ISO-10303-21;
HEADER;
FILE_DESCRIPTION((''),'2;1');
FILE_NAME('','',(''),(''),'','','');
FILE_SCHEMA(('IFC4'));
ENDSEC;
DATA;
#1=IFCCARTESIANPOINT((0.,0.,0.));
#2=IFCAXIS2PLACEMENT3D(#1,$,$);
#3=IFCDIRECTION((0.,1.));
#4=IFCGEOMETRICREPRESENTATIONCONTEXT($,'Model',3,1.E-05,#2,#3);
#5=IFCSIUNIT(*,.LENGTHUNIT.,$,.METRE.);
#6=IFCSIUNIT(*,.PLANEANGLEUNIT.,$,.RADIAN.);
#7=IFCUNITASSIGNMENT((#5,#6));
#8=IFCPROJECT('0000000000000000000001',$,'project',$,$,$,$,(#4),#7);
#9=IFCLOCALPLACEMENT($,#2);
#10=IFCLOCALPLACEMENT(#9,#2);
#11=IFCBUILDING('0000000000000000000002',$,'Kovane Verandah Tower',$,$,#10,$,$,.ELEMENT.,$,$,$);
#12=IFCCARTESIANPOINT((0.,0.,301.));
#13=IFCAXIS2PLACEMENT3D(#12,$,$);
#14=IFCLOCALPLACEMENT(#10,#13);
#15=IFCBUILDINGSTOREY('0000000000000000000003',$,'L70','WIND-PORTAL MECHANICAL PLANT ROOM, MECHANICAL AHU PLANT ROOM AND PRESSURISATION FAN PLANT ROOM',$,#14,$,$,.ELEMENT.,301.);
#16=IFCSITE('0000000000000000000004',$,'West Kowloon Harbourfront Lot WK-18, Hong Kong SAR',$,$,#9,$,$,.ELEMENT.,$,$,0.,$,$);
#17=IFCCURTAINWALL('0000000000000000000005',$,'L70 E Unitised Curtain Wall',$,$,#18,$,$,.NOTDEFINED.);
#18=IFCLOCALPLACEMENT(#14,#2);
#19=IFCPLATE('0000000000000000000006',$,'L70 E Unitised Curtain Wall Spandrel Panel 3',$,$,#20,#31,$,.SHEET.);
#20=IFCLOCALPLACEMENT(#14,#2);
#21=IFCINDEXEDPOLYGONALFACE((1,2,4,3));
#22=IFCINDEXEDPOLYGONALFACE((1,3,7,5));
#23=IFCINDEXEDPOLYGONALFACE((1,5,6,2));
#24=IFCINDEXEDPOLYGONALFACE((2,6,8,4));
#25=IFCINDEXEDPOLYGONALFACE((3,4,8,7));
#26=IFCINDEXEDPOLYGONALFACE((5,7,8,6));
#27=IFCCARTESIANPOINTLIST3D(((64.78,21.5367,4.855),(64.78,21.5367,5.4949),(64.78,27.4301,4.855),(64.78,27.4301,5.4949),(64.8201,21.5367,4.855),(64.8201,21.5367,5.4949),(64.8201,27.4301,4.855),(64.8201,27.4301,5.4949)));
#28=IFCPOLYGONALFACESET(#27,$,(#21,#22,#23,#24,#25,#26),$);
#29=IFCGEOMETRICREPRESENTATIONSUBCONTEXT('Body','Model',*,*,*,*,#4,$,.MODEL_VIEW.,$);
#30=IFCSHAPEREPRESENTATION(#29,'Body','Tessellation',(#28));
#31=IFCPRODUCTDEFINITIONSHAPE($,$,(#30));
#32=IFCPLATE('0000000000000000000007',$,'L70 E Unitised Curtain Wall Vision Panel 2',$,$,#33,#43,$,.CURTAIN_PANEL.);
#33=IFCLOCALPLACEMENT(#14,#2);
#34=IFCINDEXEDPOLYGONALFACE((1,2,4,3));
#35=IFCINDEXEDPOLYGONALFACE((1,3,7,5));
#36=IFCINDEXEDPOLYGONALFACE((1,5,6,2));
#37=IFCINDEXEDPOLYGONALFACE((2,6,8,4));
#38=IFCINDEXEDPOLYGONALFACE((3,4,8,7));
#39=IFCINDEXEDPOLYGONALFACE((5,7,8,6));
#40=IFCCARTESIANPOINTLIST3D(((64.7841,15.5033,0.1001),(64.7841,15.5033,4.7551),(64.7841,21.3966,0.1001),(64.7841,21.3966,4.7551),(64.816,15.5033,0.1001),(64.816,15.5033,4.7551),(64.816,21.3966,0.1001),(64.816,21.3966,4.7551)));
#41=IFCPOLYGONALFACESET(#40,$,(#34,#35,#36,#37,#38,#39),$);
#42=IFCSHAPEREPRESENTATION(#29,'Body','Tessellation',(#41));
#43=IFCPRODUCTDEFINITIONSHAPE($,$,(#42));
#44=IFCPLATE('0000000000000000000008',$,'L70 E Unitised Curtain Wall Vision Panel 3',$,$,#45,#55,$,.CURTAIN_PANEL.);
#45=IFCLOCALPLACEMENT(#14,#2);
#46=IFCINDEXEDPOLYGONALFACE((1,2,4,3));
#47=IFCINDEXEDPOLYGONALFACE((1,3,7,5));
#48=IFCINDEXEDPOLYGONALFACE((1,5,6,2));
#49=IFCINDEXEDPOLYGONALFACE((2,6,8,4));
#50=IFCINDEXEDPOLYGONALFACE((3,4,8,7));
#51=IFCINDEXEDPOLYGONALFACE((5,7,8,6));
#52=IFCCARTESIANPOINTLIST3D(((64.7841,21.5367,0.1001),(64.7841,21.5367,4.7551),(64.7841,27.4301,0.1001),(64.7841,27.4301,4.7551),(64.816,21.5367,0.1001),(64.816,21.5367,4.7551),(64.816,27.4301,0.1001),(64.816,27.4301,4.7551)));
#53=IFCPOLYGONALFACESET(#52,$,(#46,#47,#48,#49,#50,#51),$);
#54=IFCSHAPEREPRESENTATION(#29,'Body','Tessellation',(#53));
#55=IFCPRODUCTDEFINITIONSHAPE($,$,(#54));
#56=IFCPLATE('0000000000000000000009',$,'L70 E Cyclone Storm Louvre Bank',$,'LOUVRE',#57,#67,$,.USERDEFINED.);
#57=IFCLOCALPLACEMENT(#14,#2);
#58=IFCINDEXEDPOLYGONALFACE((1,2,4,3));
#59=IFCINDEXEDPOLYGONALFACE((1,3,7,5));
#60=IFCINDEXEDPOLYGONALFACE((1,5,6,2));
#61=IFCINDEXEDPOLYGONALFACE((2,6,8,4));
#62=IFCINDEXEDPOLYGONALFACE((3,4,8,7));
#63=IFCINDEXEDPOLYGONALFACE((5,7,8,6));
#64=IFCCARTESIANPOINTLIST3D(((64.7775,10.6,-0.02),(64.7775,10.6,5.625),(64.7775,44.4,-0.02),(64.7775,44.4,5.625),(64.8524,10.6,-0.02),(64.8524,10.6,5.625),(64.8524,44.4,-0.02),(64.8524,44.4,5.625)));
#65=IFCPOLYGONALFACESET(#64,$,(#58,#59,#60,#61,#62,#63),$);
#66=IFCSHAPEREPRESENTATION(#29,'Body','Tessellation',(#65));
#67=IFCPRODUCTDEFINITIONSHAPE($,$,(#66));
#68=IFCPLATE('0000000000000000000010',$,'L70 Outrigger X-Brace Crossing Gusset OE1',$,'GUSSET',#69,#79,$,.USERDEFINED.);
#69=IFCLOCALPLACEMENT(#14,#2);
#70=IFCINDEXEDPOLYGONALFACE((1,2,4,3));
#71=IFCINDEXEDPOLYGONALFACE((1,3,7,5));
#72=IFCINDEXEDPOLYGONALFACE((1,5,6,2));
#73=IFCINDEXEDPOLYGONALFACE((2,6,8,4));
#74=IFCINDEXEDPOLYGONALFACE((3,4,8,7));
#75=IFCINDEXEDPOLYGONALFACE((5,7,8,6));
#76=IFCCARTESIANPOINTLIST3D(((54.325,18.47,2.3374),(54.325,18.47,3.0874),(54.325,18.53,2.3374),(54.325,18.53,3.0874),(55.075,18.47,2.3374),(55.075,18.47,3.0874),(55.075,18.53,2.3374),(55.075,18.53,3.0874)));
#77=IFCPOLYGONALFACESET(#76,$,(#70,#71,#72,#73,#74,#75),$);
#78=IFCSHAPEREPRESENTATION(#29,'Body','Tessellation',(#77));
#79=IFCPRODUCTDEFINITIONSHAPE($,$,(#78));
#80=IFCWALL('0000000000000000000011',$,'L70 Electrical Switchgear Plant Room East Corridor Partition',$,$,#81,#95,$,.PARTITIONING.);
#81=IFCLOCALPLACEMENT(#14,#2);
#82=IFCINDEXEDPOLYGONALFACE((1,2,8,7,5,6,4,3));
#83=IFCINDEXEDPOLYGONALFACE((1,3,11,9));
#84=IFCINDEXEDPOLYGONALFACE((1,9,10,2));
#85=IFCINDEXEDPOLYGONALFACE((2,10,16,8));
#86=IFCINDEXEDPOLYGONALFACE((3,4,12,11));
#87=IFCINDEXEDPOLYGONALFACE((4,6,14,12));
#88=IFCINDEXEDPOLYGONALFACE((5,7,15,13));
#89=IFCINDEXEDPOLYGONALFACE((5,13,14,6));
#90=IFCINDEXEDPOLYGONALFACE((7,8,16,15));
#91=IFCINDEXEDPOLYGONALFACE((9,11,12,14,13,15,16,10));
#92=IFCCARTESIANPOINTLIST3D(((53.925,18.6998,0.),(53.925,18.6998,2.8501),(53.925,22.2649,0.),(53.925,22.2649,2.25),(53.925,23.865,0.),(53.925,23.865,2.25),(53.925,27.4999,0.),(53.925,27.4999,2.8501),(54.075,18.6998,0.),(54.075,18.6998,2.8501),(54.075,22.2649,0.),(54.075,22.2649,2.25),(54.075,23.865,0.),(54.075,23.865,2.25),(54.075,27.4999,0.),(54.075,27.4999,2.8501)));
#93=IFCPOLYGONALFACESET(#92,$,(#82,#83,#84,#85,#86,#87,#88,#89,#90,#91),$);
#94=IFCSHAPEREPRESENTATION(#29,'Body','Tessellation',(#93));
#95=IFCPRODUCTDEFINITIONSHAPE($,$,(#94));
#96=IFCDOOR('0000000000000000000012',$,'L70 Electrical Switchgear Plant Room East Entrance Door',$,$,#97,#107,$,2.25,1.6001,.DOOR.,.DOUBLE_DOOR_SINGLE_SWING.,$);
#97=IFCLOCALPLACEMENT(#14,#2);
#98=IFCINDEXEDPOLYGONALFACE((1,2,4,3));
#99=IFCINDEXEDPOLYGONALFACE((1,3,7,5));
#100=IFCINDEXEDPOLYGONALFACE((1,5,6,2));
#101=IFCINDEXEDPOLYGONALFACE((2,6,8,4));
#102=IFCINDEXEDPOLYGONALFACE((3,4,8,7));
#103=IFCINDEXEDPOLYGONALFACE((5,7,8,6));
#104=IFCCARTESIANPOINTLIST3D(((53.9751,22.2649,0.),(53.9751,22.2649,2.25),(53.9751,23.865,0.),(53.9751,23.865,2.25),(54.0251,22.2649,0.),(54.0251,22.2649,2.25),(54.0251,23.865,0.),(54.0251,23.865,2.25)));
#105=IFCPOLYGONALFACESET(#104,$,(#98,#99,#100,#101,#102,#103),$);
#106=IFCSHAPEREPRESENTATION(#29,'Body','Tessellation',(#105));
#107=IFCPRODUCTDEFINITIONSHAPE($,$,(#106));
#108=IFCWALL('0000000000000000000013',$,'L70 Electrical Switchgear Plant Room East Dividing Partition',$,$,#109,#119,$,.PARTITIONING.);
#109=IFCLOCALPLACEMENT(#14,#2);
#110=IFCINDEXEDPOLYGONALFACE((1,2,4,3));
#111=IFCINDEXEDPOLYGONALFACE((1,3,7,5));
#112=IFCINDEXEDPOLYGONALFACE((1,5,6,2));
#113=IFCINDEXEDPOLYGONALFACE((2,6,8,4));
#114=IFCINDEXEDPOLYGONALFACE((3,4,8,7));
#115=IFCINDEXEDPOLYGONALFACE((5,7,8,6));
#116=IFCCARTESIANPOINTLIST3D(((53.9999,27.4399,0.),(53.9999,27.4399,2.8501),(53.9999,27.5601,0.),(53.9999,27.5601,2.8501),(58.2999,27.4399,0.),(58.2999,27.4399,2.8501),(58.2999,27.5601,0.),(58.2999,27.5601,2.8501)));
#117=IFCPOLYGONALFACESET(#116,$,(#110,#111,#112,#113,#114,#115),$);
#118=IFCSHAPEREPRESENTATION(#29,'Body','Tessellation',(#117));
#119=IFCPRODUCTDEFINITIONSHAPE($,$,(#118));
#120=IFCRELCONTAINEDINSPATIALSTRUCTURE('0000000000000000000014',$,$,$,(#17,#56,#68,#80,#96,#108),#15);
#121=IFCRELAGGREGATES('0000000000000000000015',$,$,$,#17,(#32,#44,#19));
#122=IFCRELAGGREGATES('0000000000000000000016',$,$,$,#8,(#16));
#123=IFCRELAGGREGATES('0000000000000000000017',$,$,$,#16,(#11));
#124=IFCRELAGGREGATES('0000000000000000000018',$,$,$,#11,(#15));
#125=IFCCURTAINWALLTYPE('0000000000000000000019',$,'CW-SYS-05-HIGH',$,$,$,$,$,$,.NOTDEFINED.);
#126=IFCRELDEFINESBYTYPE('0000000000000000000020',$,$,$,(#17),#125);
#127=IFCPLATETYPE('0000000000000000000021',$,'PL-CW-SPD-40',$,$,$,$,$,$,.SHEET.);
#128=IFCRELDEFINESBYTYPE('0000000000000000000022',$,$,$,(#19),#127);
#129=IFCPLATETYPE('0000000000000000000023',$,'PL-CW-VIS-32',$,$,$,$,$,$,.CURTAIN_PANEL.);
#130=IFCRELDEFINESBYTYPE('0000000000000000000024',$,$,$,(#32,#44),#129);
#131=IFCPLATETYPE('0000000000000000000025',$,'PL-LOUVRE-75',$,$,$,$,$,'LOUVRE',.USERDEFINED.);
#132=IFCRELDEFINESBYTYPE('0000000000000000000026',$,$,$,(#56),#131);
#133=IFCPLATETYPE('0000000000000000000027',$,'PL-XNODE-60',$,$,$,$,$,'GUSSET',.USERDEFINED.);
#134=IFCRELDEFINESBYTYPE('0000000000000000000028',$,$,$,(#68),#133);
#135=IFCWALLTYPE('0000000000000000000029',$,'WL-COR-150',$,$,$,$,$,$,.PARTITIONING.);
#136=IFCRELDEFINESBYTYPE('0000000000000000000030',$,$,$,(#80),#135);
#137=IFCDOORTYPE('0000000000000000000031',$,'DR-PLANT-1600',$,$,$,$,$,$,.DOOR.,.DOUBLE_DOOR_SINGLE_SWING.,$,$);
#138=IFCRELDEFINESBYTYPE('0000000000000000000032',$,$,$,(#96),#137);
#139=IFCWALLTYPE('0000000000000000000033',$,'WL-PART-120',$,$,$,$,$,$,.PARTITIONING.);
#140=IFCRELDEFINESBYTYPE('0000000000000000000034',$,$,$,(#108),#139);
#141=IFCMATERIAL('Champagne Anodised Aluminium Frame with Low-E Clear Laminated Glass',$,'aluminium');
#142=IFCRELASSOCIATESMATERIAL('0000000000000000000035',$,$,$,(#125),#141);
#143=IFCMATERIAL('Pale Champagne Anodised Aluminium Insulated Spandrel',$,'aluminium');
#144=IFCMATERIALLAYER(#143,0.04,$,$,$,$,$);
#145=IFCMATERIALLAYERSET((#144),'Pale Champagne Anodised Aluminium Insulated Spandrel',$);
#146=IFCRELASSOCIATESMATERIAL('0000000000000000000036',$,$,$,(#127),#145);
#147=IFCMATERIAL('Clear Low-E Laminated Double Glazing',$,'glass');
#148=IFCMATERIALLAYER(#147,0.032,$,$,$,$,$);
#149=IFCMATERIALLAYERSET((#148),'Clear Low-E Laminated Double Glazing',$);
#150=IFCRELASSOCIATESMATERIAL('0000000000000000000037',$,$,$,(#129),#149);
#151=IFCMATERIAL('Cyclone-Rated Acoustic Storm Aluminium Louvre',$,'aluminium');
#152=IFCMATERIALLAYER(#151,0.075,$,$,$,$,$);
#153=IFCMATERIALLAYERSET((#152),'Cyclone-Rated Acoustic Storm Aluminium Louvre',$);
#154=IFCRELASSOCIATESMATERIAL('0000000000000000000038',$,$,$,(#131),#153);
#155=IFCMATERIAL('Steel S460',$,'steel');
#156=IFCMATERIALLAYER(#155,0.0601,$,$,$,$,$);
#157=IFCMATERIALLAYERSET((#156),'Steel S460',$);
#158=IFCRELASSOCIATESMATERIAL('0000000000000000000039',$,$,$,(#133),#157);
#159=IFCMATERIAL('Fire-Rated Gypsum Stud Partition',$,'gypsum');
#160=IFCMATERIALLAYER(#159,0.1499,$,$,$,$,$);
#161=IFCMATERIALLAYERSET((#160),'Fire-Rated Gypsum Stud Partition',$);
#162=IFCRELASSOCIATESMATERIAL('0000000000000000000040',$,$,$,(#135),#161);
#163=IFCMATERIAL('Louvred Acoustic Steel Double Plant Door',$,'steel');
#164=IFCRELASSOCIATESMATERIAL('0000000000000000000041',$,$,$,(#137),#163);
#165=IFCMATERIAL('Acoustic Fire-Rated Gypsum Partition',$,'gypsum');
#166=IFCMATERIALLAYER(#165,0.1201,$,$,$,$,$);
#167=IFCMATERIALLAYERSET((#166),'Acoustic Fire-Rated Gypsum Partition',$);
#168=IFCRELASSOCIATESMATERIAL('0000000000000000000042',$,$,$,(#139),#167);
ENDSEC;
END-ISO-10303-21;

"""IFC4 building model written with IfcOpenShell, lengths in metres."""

from ifc_helpers import new_model, si_unit, direction, frame, frame_2d, origin, origin_2d, place, context, subcontext, project, spatial, rectangle, extrude, material, layer, layer_set, type_object, element, fill, aggregate, save


model = new_model("IFC4")

# Units and contexts
model_context = context("Model", 3, precision=1e-05, world=origin(), true_north=direction((0.0, 1.0)))
body_context = subcontext(model_context, "Body", "Model", "MODEL_VIEW")
ifc_project = project(units=[si_unit("LENGTHUNIT", "METRE"), si_unit("PLANEANGLEUNIT", "RADIAN")], contexts=[model_context])

# Site, building, storey
site_placement = place(None, origin())
site = spatial("IfcSite", under=ifc_project, at=site_placement, Name="West Kowloon Harbourfront Lot WK-18, Hong Kong SAR", CompositionType="ELEMENT", RefElevation=0.0)
building_placement = place(site_placement, origin())
building = spatial("IfcBuilding", under=site, at=building_placement, Name="Kovane Verandah Tower", CompositionType="ELEMENT")
storey_placement = place(building_placement, frame((0.0, 0.0, 301.0)))
storey = spatial("IfcBuildingStorey", under=building, at=storey_placement, Name="L70", Description="WIND-PORTAL MECHANICAL PLANT ROOM, MECHANICAL AHU PLANT ROOM AND PRESSURISATION FAN PLANT ROOM", CompositionType="ELEMENT", Elevation=301.0)

# Shared definitions
ifc_material_1 = material(Name="Steel S460", Category="steel")

# Curtain wall
ifc_material_2 = material(Name="Champagne Anodised Aluminium Frame with Low-E Clear Laminated Glass", Category="aluminium")
curtain_wall_type = type_object("IfcCurtainWallType", Name="CW-SYS-05-HIGH", PredefinedType="NOTDEFINED", material=ifc_material_2)
curtain_wall_placement = place(storey_placement, origin())
curtain_wall = element("IfcCurtainWall", 1, at=curtain_wall_placement, inside=storey, type_object=curtain_wall_type, Name="L70 E Unitised Curtain Wall", PredefinedType="NOTDEFINED")

# Plates
ifc_material_3 = material(Name="Pale Champagne Anodised Aluminium Insulated Spandrel", Category="aluminium")
ifc_layer_1 = layer(ifc_material_3, 0.04)
ifc_layer_set_1 = layer_set([ifc_layer_1], Name="Pale Champagne Anodised Aluminium Insulated Spandrel")
plate_type_1 = type_object("IfcPlateType", Name="PL-CW-SPD-40", PredefinedType="SHEET", material=ifc_layer_set_1)
plate_1_placement = place(storey_placement, frame((64.8, 24.4834, 4.855), z_axis=(0.0, 0.0, 1.0), x_axis=(0.0, 1.0, 0.0)))
plate_1 = element("IfcPlate", 2, at=plate_1_placement, type_object=plate_type_1, Name="L70 E Unitised Curtain Wall Spandrel Panel 3", PredefinedType="SHEET", context=body_context, shape_type="SweptSolid", body=[
    extrude(rectangle(XDim=5.8933, YDim=0.04, at=origin_2d()), origin(), (0.0, 0.0, 1.0), 0.6399),
])
ifc_material_4 = material(Name="Clear Low-E Laminated Double Glazing", Category="glass")
ifc_layer_2 = layer(ifc_material_4, 0.032)
ifc_layer_set_2 = layer_set([ifc_layer_2], Name="Clear Low-E Laminated Double Glazing")
plate_type_2 = type_object("IfcPlateType", Name="PL-CW-VIS-32", PredefinedType="CURTAIN_PANEL", material=ifc_layer_set_2)
plate_2_placement = place(storey_placement, frame((64.8, 18.45, 0.1001), z_axis=(0.0, 0.0, 1.0), x_axis=(0.0, 1.0, 0.0)))
plate_2 = element("IfcPlate", 3, at=plate_2_placement, type_object=plate_type_2, Name="L70 E Unitised Curtain Wall Vision Panel 2", PredefinedType="CURTAIN_PANEL", context=body_context, shape_type="SweptSolid", body=[
    extrude(rectangle(XDim=5.8933, YDim=0.032, at=origin_2d()), origin(), (0.0, 0.0, 1.0), 4.655),
])
plate_3_placement = place(storey_placement, frame((64.8, 24.4834, 0.1001), z_axis=(0.0, 0.0, 1.0), x_axis=(0.0, 1.0, 0.0)))
plate_3 = element("IfcPlate", 4, at=plate_3_placement, type_object=plate_type_2, Name="L70 E Unitised Curtain Wall Vision Panel 3", PredefinedType="CURTAIN_PANEL", context=body_context, shape_type="SweptSolid", body=[
    extrude(rectangle(XDim=5.8933, YDim=0.032, at=origin_2d()), origin(), (0.0, 0.0, 1.0), 4.655),
])
aggregate(curtain_wall, [plate_2, plate_3, plate_1])

# Plates
ifc_material_5 = material(Name="Cyclone-Rated Acoustic Storm Aluminium Louvre", Category="aluminium")
ifc_layer_3 = layer(ifc_material_5, 0.075)
ifc_layer_set_3 = layer_set([ifc_layer_3], Name="Cyclone-Rated Acoustic Storm Aluminium Louvre")
plate_type_3 = type_object("IfcPlateType", Name="PL-LOUVRE-75", ElementType="LOUVRE", PredefinedType="USERDEFINED", material=ifc_layer_set_3)
plate_4_placement = place(storey_placement, frame((64.8149, 27.5, -0.02), z_axis=(0.0, 0.0, 1.0), x_axis=(0.0, 1.0, 0.0)))
element("IfcPlate", 5, at=plate_4_placement, inside=storey, type_object=plate_type_3, Name="L70 E Cyclone Storm Louvre Bank", ObjectType="LOUVRE", PredefinedType="USERDEFINED", context=body_context, shape_type="SweptSolid", body=[
    extrude(rectangle(XDim=33.8, YDim=0.075, at=origin_2d()), origin(), (0.0, 0.0, 1.0), 5.645),
])
ifc_layer_4 = layer(ifc_material_1, 0.0601)
ifc_layer_set_4 = layer_set([ifc_layer_4], Name="Steel S460")
plate_type_4 = type_object("IfcPlateType", Name="PL-XNODE-60", ElementType="GUSSET", PredefinedType="USERDEFINED", material=ifc_layer_set_4)
plate_5_placement = place(storey_placement, frame((54.7, 18.5, 2.3374), z_axis=(0.0, 0.0, 1.0), x_axis=(1.0, 0.0, 0.0)))
element("IfcPlate", 6, at=plate_5_placement, inside=storey, type_object=plate_type_4, Name="L70 Outrigger X-Brace Crossing Gusset OE1", ObjectType="GUSSET", PredefinedType="USERDEFINED", context=body_context, shape_type="SweptSolid", body=[
    extrude(rectangle(XDim=0.75, YDim=0.0601, at=origin_2d()), origin(), (0.0, 0.0, 1.0), 0.75),
])

# Wall, opening, door
ifc_material_6 = material(Name="Fire-Rated Gypsum Stud Partition", Category="gypsum")
ifc_layer_5 = layer(ifc_material_6, 0.1499)
ifc_layer_set_5 = layer_set([ifc_layer_5], Name="Fire-Rated Gypsum Stud Partition")
wall_type_1 = type_object("IfcWallType", Name="WL-COR-150", PredefinedType="PARTITIONING", material=ifc_layer_set_5)
wall_1_placement = place(storey_placement, frame((54.0, 18.7, 0.0), z_axis=(0.0, 0.0, 1.0), x_axis=(0.0, 1.0, 0.0)))
wall_1 = element("IfcWall", 7, at=wall_1_placement, inside=storey, type_object=wall_type_1, Name="L70 Electrical Switchgear Plant Room East Corridor Partition", PredefinedType="PARTITIONING", context=body_context, shape_type="SweptSolid", body=[
    extrude(rectangle(XDim=8.8, YDim=0.1499, at=frame_2d((4.3999, 0.0))), origin(), (0.0, 0.0, 1.0), 2.8501),
])
opening_placement = place(wall_1_placement, frame((3.5649, 0.0, 0.0)))
opening = element("IfcOpeningElement", 8, at=opening_placement, cuts=wall_1, PredefinedType="OPENING", context=body_context, shape_type="SweptSolid", body=[
    extrude(rectangle(XDim=1.6001, YDim=2.25, at=frame_2d((0.8, 1.125))), frame((0.0, 0.075, 0.0), z_axis=(0.0, -1.0, 0.0), x_axis=(1.0, 0.0, 0.0)), (0.0, 0.0, 1.0), 0.1499),
])
ifc_material_7 = material(Name="Louvred Acoustic Steel Double Plant Door", Category="steel")
door_type = type_object("IfcDoorType", Name="DR-PLANT-1600", OperationType="DOUBLE_DOOR_SINGLE_SWING", PredefinedType="DOOR", material=ifc_material_7)
door_placement = place(opening_placement, origin())
door = element("IfcDoor", 9, at=door_placement, inside=storey, type_object=door_type, Name="L70 Electrical Switchgear Plant Room East Entrance Door", OperationType="DOUBLE_DOOR_SINGLE_SWING", OverallHeight=2.25, OverallWidth=1.6001, PredefinedType="DOOR", context=body_context, shape_type="SweptSolid", body=[
    extrude(rectangle(XDim=1.6001, YDim=2.25, at=frame_2d((0.8, 1.125))), frame((0.0, 0.0249, 0.0), z_axis=(0.0, -1.0, 0.0), x_axis=(1.0, 0.0, 0.0)), (0.0, 0.0, 1.0), 0.05),
])
fill(opening, door)

# Wall
ifc_material_8 = material(Name="Acoustic Fire-Rated Gypsum Partition", Category="gypsum")
ifc_layer_6 = layer(ifc_material_8, 0.1201)
ifc_layer_set_6 = layer_set([ifc_layer_6], Name="Acoustic Fire-Rated Gypsum Partition")
wall_type_2 = type_object("IfcWallType", Name="WL-PART-120", PredefinedType="PARTITIONING", material=ifc_layer_set_6)
wall_2_placement = place(storey_placement, frame((54.0, 27.5, 0.0), z_axis=(0.0, 0.0, 1.0), x_axis=(1.0, 0.0, 0.0)))
element("IfcWall", 10, at=wall_2_placement, inside=storey, type_object=wall_type_2, Name="L70 Electrical Switchgear Plant Room East Dividing Partition", PredefinedType="PARTITIONING", context=body_context, shape_type="SweptSolid", body=[
    extrude(rectangle(XDim=4.3, YDim=0.1201, at=frame_2d((2.1499, 0.0))), origin(), (0.0, 0.0, 1.0), 2.8501),
])

save(model, "model.ifc")
